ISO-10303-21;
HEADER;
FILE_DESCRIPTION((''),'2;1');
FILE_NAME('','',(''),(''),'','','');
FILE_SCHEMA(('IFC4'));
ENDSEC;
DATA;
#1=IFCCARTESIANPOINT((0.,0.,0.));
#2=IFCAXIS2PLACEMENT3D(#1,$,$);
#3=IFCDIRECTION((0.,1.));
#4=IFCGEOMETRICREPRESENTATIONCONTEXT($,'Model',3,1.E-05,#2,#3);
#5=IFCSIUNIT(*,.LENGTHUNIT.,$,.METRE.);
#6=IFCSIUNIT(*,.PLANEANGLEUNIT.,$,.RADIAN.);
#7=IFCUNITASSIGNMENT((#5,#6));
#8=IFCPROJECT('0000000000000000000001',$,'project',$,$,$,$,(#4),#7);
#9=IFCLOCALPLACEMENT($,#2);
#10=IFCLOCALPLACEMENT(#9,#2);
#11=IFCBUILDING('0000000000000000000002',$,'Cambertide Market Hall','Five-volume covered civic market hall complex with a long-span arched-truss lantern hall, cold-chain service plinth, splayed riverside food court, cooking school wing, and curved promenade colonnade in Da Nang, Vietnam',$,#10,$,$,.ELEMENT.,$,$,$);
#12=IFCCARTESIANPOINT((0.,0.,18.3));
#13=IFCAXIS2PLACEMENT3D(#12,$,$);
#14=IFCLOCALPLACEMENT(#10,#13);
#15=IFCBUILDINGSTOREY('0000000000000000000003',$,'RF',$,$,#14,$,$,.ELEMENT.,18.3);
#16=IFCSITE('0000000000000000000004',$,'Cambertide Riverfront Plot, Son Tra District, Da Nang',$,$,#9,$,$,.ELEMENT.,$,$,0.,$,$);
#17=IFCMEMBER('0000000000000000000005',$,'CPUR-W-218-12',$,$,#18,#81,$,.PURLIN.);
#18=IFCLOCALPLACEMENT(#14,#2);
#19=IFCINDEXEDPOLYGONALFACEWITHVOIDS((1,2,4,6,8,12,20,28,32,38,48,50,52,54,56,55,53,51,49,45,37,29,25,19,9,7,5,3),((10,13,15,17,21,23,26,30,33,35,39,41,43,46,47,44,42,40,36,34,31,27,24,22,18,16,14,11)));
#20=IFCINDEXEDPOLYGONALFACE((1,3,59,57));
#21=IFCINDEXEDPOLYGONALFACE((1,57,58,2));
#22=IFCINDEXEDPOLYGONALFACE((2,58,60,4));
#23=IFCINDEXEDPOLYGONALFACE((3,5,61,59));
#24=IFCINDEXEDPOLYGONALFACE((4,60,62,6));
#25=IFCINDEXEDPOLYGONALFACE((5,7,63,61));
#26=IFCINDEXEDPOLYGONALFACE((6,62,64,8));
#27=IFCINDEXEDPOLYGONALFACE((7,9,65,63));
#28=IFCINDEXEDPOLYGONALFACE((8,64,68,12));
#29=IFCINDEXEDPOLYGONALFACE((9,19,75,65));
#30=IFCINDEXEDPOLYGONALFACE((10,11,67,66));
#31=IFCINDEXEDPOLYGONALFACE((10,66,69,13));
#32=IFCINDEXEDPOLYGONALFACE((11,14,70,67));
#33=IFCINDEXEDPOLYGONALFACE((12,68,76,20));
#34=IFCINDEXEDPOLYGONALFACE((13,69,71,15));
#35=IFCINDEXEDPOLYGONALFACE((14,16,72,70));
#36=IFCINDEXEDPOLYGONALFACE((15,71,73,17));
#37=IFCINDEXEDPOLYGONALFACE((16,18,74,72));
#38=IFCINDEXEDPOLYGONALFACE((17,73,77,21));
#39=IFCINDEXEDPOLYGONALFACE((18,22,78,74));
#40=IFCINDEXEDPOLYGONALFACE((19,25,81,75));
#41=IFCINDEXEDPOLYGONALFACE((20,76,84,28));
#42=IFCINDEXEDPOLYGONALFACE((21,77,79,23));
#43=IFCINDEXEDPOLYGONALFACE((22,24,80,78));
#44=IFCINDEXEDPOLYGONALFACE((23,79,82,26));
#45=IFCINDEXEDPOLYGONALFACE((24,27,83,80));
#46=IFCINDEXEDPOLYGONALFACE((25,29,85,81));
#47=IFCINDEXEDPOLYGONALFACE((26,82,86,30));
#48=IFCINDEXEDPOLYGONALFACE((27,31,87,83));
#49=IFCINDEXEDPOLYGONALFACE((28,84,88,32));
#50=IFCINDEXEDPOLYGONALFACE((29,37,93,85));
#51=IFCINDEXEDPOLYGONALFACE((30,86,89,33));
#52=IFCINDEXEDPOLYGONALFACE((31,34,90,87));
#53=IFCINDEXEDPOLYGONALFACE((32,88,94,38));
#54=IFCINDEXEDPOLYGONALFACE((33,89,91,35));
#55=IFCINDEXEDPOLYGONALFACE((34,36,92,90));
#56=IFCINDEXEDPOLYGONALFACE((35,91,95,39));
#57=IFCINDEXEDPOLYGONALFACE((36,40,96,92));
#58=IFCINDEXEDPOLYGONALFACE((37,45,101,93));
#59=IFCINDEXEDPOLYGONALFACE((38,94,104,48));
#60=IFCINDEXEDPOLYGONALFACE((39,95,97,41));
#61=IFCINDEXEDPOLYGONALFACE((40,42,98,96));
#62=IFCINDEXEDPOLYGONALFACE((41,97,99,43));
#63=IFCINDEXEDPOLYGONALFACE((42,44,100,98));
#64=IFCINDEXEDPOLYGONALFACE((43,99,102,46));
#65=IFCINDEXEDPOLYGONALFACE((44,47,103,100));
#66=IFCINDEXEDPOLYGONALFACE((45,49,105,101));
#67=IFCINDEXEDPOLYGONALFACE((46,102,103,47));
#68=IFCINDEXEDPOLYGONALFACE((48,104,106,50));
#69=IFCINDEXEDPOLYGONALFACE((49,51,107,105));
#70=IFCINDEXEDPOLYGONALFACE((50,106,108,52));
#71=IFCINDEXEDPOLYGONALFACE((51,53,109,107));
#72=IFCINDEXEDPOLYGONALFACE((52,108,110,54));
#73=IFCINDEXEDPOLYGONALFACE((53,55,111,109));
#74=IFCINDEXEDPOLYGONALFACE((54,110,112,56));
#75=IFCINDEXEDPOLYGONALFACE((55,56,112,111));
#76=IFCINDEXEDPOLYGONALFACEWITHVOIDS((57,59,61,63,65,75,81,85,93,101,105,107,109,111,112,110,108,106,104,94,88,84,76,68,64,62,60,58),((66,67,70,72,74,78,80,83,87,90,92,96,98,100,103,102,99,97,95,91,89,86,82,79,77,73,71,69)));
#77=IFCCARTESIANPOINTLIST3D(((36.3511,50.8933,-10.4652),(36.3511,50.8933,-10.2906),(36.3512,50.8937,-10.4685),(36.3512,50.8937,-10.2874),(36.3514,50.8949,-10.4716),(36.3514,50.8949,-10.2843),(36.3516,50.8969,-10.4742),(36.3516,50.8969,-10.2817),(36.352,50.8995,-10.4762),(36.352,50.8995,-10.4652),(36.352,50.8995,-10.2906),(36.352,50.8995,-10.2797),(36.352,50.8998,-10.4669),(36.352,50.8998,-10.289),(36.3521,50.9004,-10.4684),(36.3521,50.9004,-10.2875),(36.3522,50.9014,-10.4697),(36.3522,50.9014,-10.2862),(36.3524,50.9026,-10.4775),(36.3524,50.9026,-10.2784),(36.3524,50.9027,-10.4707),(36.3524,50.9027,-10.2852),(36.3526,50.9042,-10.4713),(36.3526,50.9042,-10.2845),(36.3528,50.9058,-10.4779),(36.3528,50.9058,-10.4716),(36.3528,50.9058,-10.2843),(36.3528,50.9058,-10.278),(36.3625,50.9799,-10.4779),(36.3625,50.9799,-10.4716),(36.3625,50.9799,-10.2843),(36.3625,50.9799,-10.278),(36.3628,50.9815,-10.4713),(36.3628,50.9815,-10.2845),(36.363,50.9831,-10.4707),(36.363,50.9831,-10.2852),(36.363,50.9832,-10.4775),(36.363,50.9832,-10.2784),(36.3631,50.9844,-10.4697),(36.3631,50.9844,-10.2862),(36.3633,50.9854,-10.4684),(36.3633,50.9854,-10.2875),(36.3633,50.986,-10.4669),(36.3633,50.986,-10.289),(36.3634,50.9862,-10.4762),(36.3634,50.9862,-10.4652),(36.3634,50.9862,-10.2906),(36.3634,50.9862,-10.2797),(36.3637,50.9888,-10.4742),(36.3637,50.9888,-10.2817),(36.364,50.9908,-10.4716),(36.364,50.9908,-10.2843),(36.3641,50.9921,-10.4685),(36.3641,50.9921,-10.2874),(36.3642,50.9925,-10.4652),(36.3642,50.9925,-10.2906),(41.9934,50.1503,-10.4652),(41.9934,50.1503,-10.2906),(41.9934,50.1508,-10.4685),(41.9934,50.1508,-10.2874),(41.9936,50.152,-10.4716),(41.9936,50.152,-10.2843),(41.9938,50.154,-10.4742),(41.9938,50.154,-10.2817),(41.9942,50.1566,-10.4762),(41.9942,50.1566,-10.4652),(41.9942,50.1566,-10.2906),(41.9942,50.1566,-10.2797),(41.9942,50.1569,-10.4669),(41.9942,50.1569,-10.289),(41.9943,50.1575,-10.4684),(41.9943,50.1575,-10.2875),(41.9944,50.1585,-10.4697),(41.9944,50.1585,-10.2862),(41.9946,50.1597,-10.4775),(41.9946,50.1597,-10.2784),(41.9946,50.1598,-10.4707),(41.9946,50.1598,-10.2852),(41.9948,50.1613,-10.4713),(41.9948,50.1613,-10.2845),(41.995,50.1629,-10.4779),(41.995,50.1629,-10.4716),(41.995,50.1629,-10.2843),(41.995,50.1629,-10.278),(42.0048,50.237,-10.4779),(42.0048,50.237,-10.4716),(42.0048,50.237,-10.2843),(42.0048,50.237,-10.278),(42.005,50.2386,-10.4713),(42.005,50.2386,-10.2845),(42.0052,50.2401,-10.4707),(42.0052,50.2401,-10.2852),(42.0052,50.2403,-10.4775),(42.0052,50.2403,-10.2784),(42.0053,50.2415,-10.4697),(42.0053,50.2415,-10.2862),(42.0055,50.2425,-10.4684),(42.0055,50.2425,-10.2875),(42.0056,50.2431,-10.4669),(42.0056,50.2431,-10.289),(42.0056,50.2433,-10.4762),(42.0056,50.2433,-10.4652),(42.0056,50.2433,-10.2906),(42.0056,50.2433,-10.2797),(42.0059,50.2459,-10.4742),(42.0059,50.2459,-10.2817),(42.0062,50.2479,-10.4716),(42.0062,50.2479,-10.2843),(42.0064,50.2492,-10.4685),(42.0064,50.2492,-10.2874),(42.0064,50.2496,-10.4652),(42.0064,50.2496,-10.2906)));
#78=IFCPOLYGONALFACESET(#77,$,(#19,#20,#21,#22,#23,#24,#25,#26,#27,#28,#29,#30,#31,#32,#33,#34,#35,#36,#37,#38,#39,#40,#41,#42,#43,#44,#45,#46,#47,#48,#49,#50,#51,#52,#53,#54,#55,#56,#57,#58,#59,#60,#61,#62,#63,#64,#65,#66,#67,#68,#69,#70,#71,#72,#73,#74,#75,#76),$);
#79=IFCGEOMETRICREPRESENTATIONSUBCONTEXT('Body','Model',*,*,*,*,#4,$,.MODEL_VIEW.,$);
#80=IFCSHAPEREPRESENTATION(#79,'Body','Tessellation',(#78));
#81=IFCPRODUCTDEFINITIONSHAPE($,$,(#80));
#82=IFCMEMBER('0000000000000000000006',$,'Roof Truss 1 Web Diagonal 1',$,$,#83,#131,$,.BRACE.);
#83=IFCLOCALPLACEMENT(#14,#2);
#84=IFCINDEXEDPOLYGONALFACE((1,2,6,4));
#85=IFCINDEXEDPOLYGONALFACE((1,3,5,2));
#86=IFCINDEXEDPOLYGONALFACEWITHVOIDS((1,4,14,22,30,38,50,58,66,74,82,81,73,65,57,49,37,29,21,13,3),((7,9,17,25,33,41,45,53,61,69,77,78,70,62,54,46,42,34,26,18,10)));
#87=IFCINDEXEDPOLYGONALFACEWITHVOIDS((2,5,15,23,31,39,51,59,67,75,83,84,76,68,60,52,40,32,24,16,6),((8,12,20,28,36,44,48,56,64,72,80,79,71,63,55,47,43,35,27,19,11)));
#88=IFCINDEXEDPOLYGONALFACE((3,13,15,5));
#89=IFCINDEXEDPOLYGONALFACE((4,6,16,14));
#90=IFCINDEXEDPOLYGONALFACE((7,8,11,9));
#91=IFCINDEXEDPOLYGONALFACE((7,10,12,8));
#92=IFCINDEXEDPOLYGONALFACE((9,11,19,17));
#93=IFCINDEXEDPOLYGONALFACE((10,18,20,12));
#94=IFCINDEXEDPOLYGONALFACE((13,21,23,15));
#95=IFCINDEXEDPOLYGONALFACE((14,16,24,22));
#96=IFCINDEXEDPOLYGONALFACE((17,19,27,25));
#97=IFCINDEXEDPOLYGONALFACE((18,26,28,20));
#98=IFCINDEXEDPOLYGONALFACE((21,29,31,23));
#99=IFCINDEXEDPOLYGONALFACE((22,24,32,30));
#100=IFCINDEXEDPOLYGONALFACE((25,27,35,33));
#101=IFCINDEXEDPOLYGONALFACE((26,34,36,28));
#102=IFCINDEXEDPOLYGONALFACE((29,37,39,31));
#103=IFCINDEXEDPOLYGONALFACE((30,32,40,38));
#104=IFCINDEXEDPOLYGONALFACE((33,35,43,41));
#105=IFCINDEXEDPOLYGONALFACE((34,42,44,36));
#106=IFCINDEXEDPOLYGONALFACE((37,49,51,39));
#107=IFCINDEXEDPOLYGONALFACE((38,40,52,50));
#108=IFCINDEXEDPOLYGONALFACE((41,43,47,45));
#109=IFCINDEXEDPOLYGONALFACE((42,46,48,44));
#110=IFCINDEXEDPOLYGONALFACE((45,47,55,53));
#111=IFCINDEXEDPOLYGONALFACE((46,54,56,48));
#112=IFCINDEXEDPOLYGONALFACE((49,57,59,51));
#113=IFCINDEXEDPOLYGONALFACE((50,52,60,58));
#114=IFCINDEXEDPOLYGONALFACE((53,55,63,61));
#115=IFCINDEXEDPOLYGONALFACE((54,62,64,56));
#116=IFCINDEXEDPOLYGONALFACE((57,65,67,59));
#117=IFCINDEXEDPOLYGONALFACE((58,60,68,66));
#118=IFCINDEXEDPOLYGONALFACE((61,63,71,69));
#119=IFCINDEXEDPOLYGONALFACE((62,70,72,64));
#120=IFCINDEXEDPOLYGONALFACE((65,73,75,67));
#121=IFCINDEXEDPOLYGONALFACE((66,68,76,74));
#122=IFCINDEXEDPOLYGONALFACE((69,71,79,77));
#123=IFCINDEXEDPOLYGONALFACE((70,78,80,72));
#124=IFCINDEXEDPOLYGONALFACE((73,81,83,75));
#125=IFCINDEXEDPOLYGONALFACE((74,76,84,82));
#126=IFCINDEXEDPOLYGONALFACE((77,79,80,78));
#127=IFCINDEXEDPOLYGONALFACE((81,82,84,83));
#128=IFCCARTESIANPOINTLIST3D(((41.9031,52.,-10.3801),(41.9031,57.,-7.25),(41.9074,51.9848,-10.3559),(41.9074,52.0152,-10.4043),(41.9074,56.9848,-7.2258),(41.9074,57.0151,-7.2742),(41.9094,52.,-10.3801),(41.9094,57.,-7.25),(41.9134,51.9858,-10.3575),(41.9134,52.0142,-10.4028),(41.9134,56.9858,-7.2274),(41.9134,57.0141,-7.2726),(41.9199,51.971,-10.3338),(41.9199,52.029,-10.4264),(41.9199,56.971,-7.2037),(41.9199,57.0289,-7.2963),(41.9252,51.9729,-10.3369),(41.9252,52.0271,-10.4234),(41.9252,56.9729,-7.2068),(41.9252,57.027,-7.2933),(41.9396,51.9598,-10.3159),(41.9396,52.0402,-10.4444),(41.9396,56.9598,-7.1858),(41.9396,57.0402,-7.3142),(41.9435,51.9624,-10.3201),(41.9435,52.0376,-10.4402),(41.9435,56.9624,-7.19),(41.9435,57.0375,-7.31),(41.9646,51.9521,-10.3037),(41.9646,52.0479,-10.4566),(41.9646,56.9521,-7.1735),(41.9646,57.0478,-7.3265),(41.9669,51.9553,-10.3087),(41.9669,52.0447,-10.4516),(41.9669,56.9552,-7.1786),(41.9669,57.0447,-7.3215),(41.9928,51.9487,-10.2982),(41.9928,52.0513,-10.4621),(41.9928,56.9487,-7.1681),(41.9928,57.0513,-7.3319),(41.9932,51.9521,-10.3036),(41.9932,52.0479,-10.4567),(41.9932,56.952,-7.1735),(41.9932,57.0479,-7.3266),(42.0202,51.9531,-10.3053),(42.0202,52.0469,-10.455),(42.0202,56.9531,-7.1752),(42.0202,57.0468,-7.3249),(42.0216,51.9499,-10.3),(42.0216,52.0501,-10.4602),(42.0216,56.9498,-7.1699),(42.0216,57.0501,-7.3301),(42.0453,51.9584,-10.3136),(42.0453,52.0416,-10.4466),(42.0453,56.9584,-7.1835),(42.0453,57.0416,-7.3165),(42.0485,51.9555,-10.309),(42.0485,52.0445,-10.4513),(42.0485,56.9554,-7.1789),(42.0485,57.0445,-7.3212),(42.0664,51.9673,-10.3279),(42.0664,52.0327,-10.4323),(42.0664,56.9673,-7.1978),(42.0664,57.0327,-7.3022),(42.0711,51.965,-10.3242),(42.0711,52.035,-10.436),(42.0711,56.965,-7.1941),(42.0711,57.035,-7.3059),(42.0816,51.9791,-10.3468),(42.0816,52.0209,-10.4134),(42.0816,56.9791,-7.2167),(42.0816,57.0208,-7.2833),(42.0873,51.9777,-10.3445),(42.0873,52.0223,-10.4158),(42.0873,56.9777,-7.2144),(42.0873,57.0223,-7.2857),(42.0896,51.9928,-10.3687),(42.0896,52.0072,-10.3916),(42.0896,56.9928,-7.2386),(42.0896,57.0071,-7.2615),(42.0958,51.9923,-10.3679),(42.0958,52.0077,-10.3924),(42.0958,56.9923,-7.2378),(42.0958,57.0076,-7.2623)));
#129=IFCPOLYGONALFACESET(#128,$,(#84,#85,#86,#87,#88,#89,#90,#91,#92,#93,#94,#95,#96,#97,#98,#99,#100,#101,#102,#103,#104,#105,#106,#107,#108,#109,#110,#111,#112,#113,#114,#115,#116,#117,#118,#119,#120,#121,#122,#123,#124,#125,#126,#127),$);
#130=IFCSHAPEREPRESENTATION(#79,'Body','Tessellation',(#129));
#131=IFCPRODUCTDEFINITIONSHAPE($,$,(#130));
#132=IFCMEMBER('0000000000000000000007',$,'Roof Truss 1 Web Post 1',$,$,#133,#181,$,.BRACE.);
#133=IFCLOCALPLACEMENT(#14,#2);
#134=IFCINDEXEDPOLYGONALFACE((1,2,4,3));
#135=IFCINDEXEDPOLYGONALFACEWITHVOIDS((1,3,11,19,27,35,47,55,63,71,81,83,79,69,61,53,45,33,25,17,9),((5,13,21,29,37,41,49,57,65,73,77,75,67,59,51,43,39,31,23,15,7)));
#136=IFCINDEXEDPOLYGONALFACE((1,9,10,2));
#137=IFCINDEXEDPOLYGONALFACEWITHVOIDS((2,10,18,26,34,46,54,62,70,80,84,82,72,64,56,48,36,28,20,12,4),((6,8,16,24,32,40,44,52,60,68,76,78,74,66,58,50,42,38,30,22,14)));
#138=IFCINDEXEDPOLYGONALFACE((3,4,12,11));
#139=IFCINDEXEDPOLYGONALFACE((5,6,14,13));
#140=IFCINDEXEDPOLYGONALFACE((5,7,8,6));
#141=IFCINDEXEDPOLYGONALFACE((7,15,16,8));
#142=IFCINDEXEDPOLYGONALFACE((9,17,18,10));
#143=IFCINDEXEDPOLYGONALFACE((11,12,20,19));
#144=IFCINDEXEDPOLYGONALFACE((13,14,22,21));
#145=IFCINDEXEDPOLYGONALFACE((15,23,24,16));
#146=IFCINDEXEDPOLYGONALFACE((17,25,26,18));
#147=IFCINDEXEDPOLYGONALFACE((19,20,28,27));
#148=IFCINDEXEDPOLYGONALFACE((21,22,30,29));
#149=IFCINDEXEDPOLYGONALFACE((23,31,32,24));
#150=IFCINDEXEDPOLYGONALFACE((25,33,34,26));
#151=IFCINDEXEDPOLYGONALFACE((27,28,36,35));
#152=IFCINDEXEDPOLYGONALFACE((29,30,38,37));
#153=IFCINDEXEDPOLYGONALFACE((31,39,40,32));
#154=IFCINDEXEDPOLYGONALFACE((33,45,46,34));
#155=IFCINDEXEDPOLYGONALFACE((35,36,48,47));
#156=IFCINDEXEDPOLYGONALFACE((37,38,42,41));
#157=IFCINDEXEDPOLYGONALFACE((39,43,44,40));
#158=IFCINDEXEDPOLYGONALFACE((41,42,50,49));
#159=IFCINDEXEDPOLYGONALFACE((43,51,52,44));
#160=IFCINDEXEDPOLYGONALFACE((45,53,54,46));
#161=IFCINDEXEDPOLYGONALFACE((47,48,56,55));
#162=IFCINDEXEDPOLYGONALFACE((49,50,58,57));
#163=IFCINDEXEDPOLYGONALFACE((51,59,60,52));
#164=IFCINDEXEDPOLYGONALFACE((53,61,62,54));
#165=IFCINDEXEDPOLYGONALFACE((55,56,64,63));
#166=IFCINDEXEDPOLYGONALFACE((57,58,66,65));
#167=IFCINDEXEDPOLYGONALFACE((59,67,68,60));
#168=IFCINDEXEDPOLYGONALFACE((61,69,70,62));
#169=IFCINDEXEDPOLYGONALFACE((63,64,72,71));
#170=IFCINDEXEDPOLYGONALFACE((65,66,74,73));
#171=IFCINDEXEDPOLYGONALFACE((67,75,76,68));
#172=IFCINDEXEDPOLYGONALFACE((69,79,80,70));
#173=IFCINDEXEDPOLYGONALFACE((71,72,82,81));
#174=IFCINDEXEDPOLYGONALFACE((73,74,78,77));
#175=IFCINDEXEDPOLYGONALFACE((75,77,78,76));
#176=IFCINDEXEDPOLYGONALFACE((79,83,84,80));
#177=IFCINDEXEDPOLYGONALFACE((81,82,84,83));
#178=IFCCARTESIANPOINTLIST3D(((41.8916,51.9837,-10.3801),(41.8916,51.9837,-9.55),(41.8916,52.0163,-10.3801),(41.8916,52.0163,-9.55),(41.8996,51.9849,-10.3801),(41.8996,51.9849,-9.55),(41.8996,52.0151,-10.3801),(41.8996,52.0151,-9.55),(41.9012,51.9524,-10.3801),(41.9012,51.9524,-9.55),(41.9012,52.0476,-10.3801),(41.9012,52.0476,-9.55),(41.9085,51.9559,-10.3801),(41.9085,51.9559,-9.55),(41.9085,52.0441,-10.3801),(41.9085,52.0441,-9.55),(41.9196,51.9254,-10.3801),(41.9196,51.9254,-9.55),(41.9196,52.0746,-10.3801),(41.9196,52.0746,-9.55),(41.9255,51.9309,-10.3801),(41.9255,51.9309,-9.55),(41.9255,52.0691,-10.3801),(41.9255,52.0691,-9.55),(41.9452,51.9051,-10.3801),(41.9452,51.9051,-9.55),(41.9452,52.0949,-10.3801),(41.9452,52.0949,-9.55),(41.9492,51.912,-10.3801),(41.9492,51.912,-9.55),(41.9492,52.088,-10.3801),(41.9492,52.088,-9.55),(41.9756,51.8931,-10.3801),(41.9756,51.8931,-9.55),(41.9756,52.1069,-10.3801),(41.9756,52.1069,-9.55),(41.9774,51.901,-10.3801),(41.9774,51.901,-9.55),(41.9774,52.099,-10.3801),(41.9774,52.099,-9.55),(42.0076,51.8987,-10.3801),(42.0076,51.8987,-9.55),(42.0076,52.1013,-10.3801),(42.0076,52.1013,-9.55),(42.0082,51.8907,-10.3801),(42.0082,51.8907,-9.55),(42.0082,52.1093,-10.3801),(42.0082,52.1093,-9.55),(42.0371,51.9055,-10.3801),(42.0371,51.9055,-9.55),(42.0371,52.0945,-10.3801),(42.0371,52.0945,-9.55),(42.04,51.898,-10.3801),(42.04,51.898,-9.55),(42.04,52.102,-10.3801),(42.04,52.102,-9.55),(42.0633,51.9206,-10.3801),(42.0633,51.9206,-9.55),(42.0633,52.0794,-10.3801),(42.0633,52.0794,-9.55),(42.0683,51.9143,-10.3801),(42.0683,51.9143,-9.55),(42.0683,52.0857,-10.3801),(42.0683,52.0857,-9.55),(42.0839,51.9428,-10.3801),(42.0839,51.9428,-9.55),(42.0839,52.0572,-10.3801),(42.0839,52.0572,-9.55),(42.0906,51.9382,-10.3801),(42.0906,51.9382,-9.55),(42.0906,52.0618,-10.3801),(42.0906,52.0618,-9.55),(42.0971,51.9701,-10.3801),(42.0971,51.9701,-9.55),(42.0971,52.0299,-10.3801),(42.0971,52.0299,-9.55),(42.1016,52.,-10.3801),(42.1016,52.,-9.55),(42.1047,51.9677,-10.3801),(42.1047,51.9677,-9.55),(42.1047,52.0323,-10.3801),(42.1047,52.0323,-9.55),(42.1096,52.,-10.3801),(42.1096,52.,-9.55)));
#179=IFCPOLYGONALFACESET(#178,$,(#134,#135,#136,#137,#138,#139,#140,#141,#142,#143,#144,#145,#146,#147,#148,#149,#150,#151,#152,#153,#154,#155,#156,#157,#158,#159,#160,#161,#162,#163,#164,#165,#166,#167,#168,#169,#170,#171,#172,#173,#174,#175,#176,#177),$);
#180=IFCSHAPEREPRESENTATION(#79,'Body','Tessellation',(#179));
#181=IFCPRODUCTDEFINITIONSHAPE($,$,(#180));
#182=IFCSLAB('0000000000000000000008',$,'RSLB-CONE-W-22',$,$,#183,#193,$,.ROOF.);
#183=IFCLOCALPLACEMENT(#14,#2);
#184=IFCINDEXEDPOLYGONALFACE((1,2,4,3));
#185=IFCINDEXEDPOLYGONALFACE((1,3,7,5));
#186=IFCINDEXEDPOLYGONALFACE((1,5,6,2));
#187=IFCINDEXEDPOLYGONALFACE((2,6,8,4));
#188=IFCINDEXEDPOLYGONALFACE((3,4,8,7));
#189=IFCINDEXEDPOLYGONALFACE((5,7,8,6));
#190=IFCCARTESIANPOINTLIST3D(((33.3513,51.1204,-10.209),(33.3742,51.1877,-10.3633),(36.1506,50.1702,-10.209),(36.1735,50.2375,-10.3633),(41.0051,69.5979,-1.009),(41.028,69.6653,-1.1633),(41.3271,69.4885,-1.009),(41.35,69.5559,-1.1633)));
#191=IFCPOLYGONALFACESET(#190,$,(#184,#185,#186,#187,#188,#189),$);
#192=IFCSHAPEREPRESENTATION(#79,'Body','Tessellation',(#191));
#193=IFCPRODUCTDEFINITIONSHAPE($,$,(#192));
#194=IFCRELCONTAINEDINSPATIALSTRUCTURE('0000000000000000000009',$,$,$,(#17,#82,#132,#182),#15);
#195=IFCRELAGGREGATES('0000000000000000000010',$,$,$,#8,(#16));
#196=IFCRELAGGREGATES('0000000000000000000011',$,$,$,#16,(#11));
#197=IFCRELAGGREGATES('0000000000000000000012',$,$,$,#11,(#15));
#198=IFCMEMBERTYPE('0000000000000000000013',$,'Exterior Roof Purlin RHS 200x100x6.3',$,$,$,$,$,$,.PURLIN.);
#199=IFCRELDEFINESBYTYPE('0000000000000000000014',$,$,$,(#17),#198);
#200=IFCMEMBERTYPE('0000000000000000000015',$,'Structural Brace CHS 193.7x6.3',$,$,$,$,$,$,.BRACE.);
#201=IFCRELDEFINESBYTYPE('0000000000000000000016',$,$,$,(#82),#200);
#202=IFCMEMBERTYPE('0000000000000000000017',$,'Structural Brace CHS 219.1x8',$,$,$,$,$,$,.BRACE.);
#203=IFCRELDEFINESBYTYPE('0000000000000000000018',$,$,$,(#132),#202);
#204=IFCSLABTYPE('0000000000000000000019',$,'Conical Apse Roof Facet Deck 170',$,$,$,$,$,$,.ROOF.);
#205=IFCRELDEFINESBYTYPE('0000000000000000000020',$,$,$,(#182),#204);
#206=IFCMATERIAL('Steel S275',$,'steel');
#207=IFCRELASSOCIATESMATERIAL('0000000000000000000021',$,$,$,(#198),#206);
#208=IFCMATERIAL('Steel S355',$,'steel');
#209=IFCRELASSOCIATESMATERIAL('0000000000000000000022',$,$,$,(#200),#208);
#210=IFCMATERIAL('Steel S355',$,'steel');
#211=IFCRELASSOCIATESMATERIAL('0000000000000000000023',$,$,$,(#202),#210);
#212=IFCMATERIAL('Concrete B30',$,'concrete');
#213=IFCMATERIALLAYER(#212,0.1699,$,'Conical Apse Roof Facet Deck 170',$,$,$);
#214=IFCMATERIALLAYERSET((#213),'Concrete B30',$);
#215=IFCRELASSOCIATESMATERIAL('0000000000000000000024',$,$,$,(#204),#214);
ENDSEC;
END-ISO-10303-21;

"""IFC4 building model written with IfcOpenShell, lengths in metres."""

from ifc_helpers import new_model, si_unit, direction, frame, origin, origin_2d, place, context, subcontext, project, spatial, polyline, hollow_rectangle, hollow_circle, outline, extrude, material, layer, layer_set, material_profile, profile_set, type_object, element, save


model = new_model("IFC4")

# Units and contexts
model_context = context("Model", 3, precision=1e-05, world=origin(), true_north=direction((0.0, 1.0)))
body_context = subcontext(model_context, "Body", "Model", "MODEL_VIEW")
ifc_project = project(units=[si_unit("LENGTHUNIT", "METRE"), si_unit("PLANEANGLEUNIT", "RADIAN")], contexts=[model_context])

# Site, building, storey
site_placement = place(None, origin())
site = spatial("IfcSite", under=ifc_project, at=site_placement, Name="Cambertide Riverfront Plot, Son Tra District, Da Nang", CompositionType="ELEMENT", RefElevation=0.0)
building_placement = place(site_placement, origin())
building = spatial("IfcBuilding", under=site, at=building_placement, Name="Cambertide Market Hall", Description="Five-volume covered civic market hall complex with a long-span arched-truss lantern hall, cold-chain service plinth, splayed riverside food court, cooking school wing, and curved promenade colonnade in Da Nang, Vietnam", CompositionType="ELEMENT")
storey_placement = place(building_placement, frame((0.0, 0.0, 18.3)))
storey = spatial("IfcBuildingStorey", under=building, at=storey_placement, Name="RF", CompositionType="ELEMENT", Elevation=18.3)

# Members
ifc_material_1 = material(Name="Steel S275", Category="steel")
ifc_material_profile_1 = material_profile(ifc_material_1, hollow_rectangle(XDim=0.1001, YDim=0.2, WallThickness=0.0063, InnerFilletRadius=0.0063, OuterFilletRadius=0.0127, at=origin_2d()), Name="RHS 200x100x6.3")
ifc_profile_set_1 = profile_set([ifc_material_profile_1], Name="Steel S275")
member_type_1 = type_object("IfcMemberType", Name="Exterior Roof Purlin RHS 200x100x6.3", PredefinedType="PURLIN", material=ifc_profile_set_1)
member_1_placement = place(storey_placement, frame((36.3577, 50.9429, -10.3779), z_axis=(0.991443, -0.130542, 0.0), x_axis=(0.130542, 0.991443, 0.0)))
element("IfcMember", 1, at=member_1_placement, inside=storey, type_object=member_type_1, Name="CPUR-W-218-12", PredefinedType="PURLIN", context=body_context, shape_type="SweptSolid", body=[
    extrude(hollow_rectangle(XDim=0.1001, YDim=0.2, WallThickness=0.0063, InnerFilletRadius=0.0063, OuterFilletRadius=0.0127, at=origin_2d()), origin(), (0.0, 0.0, 1.0), 5.6909),
])
ifc_material_2 = material(Name="Steel S355", Category="steel")
ifc_material_profile_2 = material_profile(ifc_material_2, hollow_circle(Radius=0.0969, WallThickness=0.0063, at=origin_2d()), Name="CHS 193.7x6.3")
ifc_profile_set_2 = profile_set([ifc_material_profile_2], Name="Steel S355")
member_type_2 = type_object("IfcMemberType", Name="Structural Brace CHS 193.7x6.3", PredefinedType="BRACE", material=ifc_profile_set_2)
member_2_placement = place(storey_placement, frame((42.0, 52.0, -10.3801), z_axis=(0.0, 0.847607, 0.530624), x_axis=(-1.0, 0.0, 0.0)))
element("IfcMember", 2, at=member_2_placement, inside=storey, type_object=member_type_2, Name="Roof Truss 1 Web Diagonal 1", PredefinedType="BRACE", context=body_context, shape_type="SweptSolid", body=[
    extrude(hollow_circle(Radius=0.0969, WallThickness=0.0063, at=origin_2d()), origin(), (0.0, 0.0, 1.0), 5.8989),
])
ifc_material_3 = material(Name="Steel S355", Category="steel")
ifc_material_profile_3 = material_profile(ifc_material_3, hollow_circle(Radius=0.1096, WallThickness=0.0081, at=origin_2d()), Name="CHS 219.1x8")
ifc_profile_set_3 = profile_set([ifc_material_profile_3], Name="Steel S355")
member_type_3 = type_object("IfcMemberType", Name="Structural Brace CHS 219.1x8", PredefinedType="BRACE", material=ifc_profile_set_3)
member_3_placement = place(storey_placement, frame((42.0, 52.0, -10.3801), z_axis=(0.0, 0.0, 1.0), x_axis=(1.0, 0.0, 0.0)))
element("IfcMember", 3, at=member_3_placement, inside=storey, type_object=member_type_3, Name="Roof Truss 1 Web Post 1", PredefinedType="BRACE", context=body_context, shape_type="SweptSolid", body=[
    extrude(hollow_circle(Radius=0.1096, WallThickness=0.0081, at=origin_2d()), origin(), (0.0, 0.0, 1.0), 0.8301),
])

# Slab
ifc_material_4 = material(Name="Concrete B30", Category="concrete")
ifc_layer_1 = layer(ifc_material_4, 0.1699, Name="Conical Apse Roof Facet Deck 170")
ifc_layer_set_1 = layer_set([ifc_layer_1], Name="Concrete B30")
slab_type_1 = type_object("IfcSlabType", Name="Conical Apse Roof Facet Deck 170", PredefinedType="ROOF", material=ifc_layer_set_1)
slab_1_placement = place(storey_placement, frame((33.3513, 51.1204, -10.209), z_axis=(-0.134571, -0.396426, 0.90815), x_axis=(0.946934, -0.321429, 0.000007)))
element("IfcSlab", 4, at=slab_1_placement, inside=storey, type_object=slab_type_1, Name="RSLB-CONE-W-22", PredefinedType="ROOF", context=body_context, shape_type="SweptSolid", body=[
    extrude(outline(polyline([(0.0, 0.0), (2.9562, 0.0), (1.6486, 21.9755), (1.3085, 21.9756), (0.0, 0.0)])), origin(), (0.0, 0.0, -1.0), 0.1699),
])

save(model, "model.ifc")
